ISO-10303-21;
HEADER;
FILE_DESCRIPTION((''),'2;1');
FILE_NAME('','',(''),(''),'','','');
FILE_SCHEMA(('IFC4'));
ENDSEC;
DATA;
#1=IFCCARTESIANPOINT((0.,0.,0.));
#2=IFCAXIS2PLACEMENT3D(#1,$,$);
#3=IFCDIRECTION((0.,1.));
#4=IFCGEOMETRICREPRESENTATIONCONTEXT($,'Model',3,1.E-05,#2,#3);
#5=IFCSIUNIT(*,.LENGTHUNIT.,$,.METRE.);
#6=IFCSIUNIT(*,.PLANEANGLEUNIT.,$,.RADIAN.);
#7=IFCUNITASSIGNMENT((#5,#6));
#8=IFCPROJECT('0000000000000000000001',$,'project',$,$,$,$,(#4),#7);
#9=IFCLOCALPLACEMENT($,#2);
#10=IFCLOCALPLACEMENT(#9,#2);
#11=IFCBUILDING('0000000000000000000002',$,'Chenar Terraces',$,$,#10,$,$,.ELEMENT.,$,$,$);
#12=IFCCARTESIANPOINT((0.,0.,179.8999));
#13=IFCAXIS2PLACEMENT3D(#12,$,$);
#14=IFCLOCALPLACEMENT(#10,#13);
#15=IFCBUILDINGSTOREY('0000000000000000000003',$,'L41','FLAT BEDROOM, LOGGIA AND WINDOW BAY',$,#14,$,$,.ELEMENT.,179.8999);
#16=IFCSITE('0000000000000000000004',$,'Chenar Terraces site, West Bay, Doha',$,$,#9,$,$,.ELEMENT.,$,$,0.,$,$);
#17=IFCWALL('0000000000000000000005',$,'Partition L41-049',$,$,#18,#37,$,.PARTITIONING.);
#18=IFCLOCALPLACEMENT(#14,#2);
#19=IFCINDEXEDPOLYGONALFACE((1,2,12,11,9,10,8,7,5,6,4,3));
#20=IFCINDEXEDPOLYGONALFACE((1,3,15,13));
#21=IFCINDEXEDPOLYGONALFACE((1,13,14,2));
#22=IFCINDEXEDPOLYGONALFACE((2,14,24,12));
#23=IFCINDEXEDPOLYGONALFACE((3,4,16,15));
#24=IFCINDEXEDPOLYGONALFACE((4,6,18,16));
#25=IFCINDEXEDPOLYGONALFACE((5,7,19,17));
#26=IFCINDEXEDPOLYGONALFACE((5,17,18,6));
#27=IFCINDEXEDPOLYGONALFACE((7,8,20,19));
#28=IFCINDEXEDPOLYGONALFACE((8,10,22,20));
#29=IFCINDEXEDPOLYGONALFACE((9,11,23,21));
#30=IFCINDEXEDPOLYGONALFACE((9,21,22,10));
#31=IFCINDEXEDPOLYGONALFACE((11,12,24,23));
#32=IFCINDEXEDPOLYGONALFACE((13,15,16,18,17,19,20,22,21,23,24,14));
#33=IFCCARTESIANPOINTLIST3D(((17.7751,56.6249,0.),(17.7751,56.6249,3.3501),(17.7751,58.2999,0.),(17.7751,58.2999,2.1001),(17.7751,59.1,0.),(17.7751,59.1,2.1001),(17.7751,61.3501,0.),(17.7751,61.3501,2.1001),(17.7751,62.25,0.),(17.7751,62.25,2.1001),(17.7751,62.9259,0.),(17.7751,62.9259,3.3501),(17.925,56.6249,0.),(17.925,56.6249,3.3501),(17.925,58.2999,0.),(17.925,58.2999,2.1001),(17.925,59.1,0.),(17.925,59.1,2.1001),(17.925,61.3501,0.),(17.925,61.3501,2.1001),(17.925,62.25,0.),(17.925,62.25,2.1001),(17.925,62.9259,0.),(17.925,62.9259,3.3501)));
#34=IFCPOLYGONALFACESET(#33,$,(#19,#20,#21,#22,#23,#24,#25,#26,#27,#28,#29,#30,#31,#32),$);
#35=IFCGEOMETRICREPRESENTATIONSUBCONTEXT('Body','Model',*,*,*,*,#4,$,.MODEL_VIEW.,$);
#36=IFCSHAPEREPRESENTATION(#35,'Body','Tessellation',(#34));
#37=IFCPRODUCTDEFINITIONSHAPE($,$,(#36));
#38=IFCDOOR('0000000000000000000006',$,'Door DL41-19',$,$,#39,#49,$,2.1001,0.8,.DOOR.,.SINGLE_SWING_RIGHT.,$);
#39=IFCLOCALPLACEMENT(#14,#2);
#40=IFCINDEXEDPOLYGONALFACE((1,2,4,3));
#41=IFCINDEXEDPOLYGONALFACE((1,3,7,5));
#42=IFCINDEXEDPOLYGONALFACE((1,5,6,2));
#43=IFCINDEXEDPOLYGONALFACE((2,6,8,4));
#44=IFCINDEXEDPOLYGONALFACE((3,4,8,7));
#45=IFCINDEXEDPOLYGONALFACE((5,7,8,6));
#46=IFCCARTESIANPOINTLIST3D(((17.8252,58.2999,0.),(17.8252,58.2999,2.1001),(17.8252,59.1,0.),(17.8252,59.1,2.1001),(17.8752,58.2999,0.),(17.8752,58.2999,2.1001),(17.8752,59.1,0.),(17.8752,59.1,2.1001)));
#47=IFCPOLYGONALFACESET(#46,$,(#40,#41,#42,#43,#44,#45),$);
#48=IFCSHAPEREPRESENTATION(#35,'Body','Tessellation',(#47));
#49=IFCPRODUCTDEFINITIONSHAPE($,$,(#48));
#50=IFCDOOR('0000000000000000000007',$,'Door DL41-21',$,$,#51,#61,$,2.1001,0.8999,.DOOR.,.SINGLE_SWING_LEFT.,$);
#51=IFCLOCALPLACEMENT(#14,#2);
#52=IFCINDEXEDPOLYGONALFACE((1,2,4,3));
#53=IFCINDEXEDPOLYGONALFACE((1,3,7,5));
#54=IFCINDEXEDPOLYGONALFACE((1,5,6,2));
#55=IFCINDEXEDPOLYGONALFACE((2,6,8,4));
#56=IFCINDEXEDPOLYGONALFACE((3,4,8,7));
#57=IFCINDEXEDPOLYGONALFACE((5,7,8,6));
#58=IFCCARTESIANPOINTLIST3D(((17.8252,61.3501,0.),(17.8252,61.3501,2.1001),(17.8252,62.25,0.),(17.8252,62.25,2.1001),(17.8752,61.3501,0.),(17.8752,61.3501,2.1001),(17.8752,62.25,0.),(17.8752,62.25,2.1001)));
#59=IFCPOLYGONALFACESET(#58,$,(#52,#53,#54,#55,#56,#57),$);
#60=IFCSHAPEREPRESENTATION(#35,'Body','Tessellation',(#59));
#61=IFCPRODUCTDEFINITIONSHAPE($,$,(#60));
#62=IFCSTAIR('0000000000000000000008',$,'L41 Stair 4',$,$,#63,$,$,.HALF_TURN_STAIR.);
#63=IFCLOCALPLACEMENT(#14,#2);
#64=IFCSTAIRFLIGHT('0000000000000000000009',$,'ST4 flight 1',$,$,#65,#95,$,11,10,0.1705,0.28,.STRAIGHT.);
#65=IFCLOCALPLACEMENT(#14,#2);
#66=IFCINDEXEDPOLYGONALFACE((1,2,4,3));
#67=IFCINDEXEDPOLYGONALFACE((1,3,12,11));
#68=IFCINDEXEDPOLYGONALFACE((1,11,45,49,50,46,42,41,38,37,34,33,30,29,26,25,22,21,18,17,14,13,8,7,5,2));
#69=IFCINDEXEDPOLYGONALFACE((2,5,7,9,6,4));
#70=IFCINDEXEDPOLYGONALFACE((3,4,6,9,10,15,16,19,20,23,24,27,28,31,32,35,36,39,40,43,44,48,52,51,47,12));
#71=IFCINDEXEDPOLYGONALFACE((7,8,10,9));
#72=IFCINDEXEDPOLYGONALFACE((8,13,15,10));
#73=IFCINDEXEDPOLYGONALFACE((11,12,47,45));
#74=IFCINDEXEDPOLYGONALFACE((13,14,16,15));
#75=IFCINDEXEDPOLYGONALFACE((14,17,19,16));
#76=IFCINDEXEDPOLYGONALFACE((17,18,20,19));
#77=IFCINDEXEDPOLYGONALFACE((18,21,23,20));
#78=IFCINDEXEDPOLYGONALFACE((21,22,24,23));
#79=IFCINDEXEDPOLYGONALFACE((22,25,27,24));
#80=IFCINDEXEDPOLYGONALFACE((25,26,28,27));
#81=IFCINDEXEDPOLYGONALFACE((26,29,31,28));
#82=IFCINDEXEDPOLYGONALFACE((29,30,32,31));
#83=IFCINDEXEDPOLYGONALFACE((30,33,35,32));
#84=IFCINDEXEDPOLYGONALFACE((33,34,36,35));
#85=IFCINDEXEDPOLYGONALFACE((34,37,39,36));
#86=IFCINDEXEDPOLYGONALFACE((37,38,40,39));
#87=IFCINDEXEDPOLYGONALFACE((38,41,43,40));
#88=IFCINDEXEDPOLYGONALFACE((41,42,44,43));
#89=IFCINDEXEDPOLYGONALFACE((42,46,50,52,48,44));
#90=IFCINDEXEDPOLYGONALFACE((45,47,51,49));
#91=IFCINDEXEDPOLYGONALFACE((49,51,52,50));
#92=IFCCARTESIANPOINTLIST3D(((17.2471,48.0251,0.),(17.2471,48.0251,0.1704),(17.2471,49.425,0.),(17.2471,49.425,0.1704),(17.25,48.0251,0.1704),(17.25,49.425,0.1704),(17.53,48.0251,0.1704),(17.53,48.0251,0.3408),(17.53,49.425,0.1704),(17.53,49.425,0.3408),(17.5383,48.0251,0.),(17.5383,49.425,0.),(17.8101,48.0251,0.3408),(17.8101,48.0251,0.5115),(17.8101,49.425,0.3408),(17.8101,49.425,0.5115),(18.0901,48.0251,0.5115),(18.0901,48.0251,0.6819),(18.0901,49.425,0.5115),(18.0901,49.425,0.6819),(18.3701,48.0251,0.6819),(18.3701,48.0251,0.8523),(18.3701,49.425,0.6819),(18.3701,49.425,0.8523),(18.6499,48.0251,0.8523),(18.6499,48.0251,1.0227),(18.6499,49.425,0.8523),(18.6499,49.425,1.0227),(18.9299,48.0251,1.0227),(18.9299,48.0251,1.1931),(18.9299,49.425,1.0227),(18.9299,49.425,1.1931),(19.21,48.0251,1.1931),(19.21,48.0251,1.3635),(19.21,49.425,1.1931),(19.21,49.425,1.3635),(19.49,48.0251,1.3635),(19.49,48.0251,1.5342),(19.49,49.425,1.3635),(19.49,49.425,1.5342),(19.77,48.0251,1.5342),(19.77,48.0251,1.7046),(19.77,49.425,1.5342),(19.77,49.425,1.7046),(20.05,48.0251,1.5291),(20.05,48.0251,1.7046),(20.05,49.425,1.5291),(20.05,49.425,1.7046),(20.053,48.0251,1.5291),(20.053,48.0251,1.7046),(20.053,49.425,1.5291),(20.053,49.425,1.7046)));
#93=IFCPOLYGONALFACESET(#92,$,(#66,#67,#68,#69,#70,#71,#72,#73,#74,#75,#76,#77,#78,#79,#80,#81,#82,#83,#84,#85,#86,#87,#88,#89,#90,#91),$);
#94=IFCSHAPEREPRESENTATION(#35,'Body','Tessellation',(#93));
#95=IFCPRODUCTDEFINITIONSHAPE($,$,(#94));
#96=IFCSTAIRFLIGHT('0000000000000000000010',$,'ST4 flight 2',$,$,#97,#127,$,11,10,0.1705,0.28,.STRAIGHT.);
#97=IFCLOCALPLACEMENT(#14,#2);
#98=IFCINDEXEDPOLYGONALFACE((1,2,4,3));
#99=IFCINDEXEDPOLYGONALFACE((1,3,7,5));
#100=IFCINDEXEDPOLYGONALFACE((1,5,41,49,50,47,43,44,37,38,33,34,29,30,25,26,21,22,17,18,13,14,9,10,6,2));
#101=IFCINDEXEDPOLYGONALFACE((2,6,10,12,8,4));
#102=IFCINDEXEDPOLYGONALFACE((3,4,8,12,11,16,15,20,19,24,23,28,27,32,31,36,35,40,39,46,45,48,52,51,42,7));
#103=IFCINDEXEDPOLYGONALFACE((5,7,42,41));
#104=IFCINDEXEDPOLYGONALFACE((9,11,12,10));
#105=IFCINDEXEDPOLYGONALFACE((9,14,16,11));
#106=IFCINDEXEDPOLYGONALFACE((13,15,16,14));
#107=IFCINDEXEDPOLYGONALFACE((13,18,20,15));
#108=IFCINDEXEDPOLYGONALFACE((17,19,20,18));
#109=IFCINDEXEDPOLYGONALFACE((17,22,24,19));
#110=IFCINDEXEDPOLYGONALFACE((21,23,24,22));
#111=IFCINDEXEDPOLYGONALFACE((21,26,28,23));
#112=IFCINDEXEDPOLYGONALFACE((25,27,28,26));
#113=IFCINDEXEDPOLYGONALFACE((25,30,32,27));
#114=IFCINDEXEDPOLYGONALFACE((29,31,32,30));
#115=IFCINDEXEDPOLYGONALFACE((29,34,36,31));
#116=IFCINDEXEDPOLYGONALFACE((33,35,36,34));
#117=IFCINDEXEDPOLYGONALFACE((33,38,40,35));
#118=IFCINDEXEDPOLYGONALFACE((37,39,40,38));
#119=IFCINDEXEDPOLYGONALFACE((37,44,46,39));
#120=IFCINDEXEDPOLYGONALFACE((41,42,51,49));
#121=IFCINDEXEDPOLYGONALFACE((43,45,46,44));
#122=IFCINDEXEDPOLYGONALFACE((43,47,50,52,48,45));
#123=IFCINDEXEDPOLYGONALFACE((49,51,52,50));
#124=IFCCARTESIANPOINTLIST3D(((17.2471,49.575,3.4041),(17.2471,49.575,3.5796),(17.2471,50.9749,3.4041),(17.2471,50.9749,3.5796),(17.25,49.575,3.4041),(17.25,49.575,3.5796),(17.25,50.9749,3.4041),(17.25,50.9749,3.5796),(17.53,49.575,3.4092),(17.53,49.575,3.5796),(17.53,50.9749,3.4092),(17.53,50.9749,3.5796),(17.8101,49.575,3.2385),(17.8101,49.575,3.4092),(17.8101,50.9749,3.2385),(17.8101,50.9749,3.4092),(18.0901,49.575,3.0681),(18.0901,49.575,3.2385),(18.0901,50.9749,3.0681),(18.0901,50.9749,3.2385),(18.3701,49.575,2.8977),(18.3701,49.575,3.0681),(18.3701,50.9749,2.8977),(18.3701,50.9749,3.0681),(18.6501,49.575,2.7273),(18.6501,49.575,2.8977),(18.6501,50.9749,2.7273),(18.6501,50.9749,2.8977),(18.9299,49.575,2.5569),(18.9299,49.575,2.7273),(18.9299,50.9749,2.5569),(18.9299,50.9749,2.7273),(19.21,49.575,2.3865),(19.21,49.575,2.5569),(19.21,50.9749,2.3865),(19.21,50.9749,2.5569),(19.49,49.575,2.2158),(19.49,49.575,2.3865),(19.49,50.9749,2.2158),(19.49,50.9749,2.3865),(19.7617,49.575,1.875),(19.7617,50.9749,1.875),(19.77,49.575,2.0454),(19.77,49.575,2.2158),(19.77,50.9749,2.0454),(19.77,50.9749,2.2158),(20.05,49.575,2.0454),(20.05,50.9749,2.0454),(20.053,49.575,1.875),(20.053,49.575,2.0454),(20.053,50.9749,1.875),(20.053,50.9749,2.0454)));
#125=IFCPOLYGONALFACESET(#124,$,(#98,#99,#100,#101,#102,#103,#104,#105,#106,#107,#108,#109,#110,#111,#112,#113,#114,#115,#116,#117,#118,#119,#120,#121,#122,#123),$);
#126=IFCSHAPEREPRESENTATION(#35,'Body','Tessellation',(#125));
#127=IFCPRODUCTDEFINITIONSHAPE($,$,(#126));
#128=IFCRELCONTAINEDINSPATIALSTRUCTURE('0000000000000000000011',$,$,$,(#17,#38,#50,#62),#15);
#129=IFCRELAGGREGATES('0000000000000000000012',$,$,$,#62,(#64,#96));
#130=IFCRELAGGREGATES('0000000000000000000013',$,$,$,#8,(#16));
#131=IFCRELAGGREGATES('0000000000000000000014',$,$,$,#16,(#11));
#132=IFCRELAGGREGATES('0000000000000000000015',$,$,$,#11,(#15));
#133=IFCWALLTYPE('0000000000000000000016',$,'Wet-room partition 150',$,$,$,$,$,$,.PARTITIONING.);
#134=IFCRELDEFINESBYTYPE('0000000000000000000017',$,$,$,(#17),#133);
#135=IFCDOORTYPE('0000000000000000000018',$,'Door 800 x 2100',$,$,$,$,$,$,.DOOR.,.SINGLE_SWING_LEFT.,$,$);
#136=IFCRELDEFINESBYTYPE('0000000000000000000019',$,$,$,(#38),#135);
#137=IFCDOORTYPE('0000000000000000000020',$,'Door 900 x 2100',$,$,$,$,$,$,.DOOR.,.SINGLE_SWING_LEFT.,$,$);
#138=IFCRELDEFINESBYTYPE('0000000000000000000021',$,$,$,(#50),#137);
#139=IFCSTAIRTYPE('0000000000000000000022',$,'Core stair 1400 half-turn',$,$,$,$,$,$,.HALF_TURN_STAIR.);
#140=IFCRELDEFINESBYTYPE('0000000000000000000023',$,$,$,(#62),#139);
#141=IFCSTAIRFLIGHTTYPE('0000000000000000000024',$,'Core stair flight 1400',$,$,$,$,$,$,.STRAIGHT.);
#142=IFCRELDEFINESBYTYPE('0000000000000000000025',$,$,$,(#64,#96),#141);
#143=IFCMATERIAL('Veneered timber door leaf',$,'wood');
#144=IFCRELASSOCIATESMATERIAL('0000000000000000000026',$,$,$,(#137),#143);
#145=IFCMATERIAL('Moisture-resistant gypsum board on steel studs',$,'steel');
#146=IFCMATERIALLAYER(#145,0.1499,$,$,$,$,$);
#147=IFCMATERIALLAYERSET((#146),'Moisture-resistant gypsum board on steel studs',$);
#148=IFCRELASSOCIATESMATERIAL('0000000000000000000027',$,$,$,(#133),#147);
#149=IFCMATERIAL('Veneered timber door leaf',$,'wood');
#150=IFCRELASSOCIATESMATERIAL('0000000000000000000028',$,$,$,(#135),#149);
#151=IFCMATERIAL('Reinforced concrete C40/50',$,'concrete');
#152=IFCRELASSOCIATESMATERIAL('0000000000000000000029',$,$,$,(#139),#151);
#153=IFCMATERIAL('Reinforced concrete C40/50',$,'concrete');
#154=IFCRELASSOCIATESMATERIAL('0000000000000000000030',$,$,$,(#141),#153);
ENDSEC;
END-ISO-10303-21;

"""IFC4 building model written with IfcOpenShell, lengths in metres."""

from ifc_helpers import new_model, si_unit, direction, frame, frame_2d, origin, place, context, subcontext, project, spatial, polyline, rectangle, outline, extrude, material, layer, layer_set, type_object, element, fill, aggregate, save


model = new_model("IFC4")

# Units and contexts
model_context = context("Model", 3, precision=1e-05, world=origin(), true_north=direction((0.0, 1.0)))
body_context = subcontext(model_context, "Body", "Model", "MODEL_VIEW")
ifc_project = project(units=[si_unit("LENGTHUNIT", "METRE"), si_unit("PLANEANGLEUNIT", "RADIAN")], contexts=[model_context])

# Site, building, storey
site_placement = place(None, origin())
site = spatial("IfcSite", under=ifc_project, at=site_placement, Name="Chenar Terraces site, West Bay, Doha", CompositionType="ELEMENT", RefElevation=0.0)
building_placement = place(site_placement, origin())
building = spatial("IfcBuilding", under=site, at=building_placement, Name="Chenar Terraces", CompositionType="ELEMENT")
storey_placement = place(building_placement, frame((0.0, 0.0, 179.8999)))
storey = spatial("IfcBuildingStorey", under=building, at=storey_placement, Name="L41", Description="FLAT BEDROOM, LOGGIA AND WINDOW BAY", CompositionType="ELEMENT", Elevation=179.8999)

# Shared definitions
ifc_material_1 = material(Name="Veneered timber door leaf", Category="wood")
door_type_1 = type_object("IfcDoorType", Name="Door 900 x 2100", OperationType="SINGLE_SWING_LEFT", PredefinedType="DOOR", material=ifc_material_1)

# Shared definitions
ifc_material_2 = material(Name="Moisture-resistant gypsum board on steel studs", Category="steel")
ifc_layer_1 = layer(ifc_material_2, 0.1499)
ifc_layer_set_1 = layer_set([ifc_layer_1], Name="Moisture-resistant gypsum board on steel studs")
wall_type_1 = type_object("IfcWallType", Name="Wet-room partition 150", PredefinedType="PARTITIONING", material=ifc_layer_set_1)

# Wall, openings, doors
wall_1_placement = place(storey_placement, frame((17.8501, 56.625, 0.0), z_axis=(0.0, 0.0, 1.0), x_axis=(0.0, 1.0, 0.0)))
wall_1 = element("IfcWall", 1, at=wall_1_placement, inside=storey, type_object=wall_type_1, Name="Partition L41-049", PredefinedType="PARTITIONING", context=body_context, shape_type="SweptSolid", body=[
    extrude(rectangle(XDim=6.301, YDim=0.1499, at=frame_2d((3.1504, 0.0))), origin(), (0.0, 0.0, 1.0), 3.3501),
])
opening_1_placement = place(wall_1_placement, frame((1.675, 0.0, 0.0)))
opening_1 = element("IfcOpeningElement", 2, at=opening_1_placement, cuts=wall_1, PredefinedType="OPENING", context=body_context, shape_type="SweptSolid", body=[
    extrude(rectangle(XDim=0.8, YDim=2.1001, at=frame_2d((0.3999, 1.05))), frame((0.0, 0.085, 0.0), z_axis=(0.0, -1.0, 0.0), x_axis=(1.0, 0.0, 0.0)), (0.0, 0.0, 1.0), 0.1699),
])
opening_2_placement = place(wall_1_placement, frame((4.7251, 0.0, 0.0)))
opening_2 = element("IfcOpeningElement", 3, at=opening_2_placement, cuts=wall_1, PredefinedType="OPENING", context=body_context, shape_type="SweptSolid", body=[
    extrude(rectangle(XDim=0.8999, YDim=2.1001, at=frame_2d((0.45, 1.05))), frame((0.0, 0.085, 0.0), z_axis=(0.0, -1.0, 0.0), x_axis=(1.0, 0.0, 0.0)), (0.0, 0.0, 1.0), 0.1699),
])
ifc_material_3 = material(Name="Veneered timber door leaf", Category="wood")
door_type_2 = type_object("IfcDoorType", Name="Door 800 x 2100", OperationType="SINGLE_SWING_LEFT", PredefinedType="DOOR", material=ifc_material_3)
door_1_placement = place(opening_1_placement, origin())
door_1 = element("IfcDoor", 4, at=door_1_placement, inside=storey, type_object=door_type_2, Name="Door DL41-19", OperationType="SINGLE_SWING_RIGHT", OverallHeight=2.1001, OverallWidth=0.8, PredefinedType="DOOR", context=body_context, shape_type="SweptSolid", body=[
    extrude(rectangle(XDim=0.8, YDim=2.1001, at=frame_2d((0.3999, 1.05))), frame((0.0, 0.0249, 0.0), z_axis=(0.0, -1.0, 0.0), x_axis=(1.0, 0.0, 0.0)), (0.0, 0.0, 1.0), 0.05),
])
fill(opening_1, door_1)
door_2_placement = place(opening_2_placement, origin())
door_2 = element("IfcDoor", 5, at=door_2_placement, inside=storey, type_object=door_type_1, Name="Door DL41-21", OperationType="SINGLE_SWING_LEFT", OverallHeight=2.1001, OverallWidth=0.8999, PredefinedType="DOOR", context=body_context, shape_type="SweptSolid", body=[
    extrude(rectangle(XDim=0.8999, YDim=2.1001, at=frame_2d((0.45, 1.05))), frame((0.0, 0.0249, 0.0), z_axis=(0.0, -1.0, 0.0), x_axis=(1.0, 0.0, 0.0)), (0.0, 0.0, 1.0), 0.05),
])
fill(opening_2, door_2)

# Stair, stair flights
ifc_material_4 = material(Name="Reinforced concrete C40/50", Category="concrete")
stair_type = type_object("IfcStairType", Name="Core stair 1400 half-turn", PredefinedType="HALF_TURN_STAIR", material=ifc_material_4)
stair_placement = place(storey_placement, origin())
stair = element("IfcStair", 6, at=stair_placement, inside=storey, type_object=stair_type, Name="L41 Stair 4", PredefinedType="HALF_TURN_STAIR")
ifc_material_5 = material(Name="Reinforced concrete C40/50", Category="concrete")
stair_flight_type = type_object("IfcStairFlightType", Name="Core stair flight 1400", PredefinedType="STRAIGHT", material=ifc_material_5)
stair_flight_1_placement = place(storey_placement, frame((17.25, 48.7251, 0.0), z_axis=(0.0, 0.0, 1.0), x_axis=(1.0, 0.0, 0.0)))
stair_flight_1 = element("IfcStairFlight", 7, at=stair_flight_1_placement, type_object=stair_flight_type, Name="ST4 flight 1", NumberOfRisers=11, NumberOfTreads=10, PredefinedType="STRAIGHT", RiserHeight=0.1705, TreadLength=0.28, context=body_context, shape_type="SweptSolid", body=[
    extrude(outline(polyline([(-0.0029, 0.0), (-0.0029, 0.1704), (0.0, 0.1704), (0.28, 0.1704), (0.28, 0.3408), (0.5601, 0.3408), (0.5601, 0.5115), (0.8401, 0.5115), (0.8401, 0.6819), (1.1201, 0.6819), (1.1201, 0.8523), (1.3999, 0.8523), (1.3999, 1.0227), (1.6799, 1.0227), (1.6799, 1.1931), (1.96, 1.1931), (1.96, 1.3635), (2.24, 1.3635), (2.24, 1.5342), (2.52, 1.5342), (2.52, 1.7046), (2.8, 1.7046), (2.803, 1.7046), (2.803, 1.5291), (2.8, 1.5291), (0.2883, 0.0), (-0.0029, 0.0)])), frame((0.0, 0.7, 0.0), z_axis=(0.0, -1.0, 0.0), x_axis=(1.0, 0.0, 0.0)), (0.0, 0.0, 1.0), 1.3999),
])
stair_flight_2_placement = place(storey_placement, frame((20.05, 50.2749, 1.875), z_axis=(0.0, 0.0, 1.0), x_axis=(-1.0, 0.0, 0.0)))
stair_flight_2 = element("IfcStairFlight", 8, at=stair_flight_2_placement, type_object=stair_flight_type, Name="ST4 flight 2", NumberOfRisers=11, NumberOfTreads=10, PredefinedType="STRAIGHT", RiserHeight=0.1705, TreadLength=0.28, context=body_context, shape_type="SweptSolid", body=[
    extrude(outline(polyline([(-0.0029, 0.0), (-0.0029, 0.1704), (0.0, 0.1704), (0.28, 0.1704), (0.28, 0.3408), (0.5601, 0.3408), (0.5601, 0.5115), (0.8401, 0.5115), (0.8401, 0.6819), (1.1201, 0.6819), (1.1201, 0.8523), (1.3999, 0.8523), (1.3999, 1.0227), (1.6799, 1.0227), (1.6799, 1.1931), (1.96, 1.1931), (1.96, 1.3635), (2.24, 1.3635), (2.24, 1.5342), (2.52, 1.5342), (2.52, 1.7046), (2.8, 1.7046), (2.803, 1.7046), (2.803, 1.5291), (2.8, 1.5291), (0.2883, 0.0), (-0.0029, 0.0)])), frame((0.0, 0.7, 0.0), z_axis=(0.0, -1.0, 0.0), x_axis=(1.0, 0.0, 0.0)), (0.0, 0.0, 1.0), 1.3999),
])
aggregate(stair, [stair_flight_1, stair_flight_2])

save(model, "model.ifc")
